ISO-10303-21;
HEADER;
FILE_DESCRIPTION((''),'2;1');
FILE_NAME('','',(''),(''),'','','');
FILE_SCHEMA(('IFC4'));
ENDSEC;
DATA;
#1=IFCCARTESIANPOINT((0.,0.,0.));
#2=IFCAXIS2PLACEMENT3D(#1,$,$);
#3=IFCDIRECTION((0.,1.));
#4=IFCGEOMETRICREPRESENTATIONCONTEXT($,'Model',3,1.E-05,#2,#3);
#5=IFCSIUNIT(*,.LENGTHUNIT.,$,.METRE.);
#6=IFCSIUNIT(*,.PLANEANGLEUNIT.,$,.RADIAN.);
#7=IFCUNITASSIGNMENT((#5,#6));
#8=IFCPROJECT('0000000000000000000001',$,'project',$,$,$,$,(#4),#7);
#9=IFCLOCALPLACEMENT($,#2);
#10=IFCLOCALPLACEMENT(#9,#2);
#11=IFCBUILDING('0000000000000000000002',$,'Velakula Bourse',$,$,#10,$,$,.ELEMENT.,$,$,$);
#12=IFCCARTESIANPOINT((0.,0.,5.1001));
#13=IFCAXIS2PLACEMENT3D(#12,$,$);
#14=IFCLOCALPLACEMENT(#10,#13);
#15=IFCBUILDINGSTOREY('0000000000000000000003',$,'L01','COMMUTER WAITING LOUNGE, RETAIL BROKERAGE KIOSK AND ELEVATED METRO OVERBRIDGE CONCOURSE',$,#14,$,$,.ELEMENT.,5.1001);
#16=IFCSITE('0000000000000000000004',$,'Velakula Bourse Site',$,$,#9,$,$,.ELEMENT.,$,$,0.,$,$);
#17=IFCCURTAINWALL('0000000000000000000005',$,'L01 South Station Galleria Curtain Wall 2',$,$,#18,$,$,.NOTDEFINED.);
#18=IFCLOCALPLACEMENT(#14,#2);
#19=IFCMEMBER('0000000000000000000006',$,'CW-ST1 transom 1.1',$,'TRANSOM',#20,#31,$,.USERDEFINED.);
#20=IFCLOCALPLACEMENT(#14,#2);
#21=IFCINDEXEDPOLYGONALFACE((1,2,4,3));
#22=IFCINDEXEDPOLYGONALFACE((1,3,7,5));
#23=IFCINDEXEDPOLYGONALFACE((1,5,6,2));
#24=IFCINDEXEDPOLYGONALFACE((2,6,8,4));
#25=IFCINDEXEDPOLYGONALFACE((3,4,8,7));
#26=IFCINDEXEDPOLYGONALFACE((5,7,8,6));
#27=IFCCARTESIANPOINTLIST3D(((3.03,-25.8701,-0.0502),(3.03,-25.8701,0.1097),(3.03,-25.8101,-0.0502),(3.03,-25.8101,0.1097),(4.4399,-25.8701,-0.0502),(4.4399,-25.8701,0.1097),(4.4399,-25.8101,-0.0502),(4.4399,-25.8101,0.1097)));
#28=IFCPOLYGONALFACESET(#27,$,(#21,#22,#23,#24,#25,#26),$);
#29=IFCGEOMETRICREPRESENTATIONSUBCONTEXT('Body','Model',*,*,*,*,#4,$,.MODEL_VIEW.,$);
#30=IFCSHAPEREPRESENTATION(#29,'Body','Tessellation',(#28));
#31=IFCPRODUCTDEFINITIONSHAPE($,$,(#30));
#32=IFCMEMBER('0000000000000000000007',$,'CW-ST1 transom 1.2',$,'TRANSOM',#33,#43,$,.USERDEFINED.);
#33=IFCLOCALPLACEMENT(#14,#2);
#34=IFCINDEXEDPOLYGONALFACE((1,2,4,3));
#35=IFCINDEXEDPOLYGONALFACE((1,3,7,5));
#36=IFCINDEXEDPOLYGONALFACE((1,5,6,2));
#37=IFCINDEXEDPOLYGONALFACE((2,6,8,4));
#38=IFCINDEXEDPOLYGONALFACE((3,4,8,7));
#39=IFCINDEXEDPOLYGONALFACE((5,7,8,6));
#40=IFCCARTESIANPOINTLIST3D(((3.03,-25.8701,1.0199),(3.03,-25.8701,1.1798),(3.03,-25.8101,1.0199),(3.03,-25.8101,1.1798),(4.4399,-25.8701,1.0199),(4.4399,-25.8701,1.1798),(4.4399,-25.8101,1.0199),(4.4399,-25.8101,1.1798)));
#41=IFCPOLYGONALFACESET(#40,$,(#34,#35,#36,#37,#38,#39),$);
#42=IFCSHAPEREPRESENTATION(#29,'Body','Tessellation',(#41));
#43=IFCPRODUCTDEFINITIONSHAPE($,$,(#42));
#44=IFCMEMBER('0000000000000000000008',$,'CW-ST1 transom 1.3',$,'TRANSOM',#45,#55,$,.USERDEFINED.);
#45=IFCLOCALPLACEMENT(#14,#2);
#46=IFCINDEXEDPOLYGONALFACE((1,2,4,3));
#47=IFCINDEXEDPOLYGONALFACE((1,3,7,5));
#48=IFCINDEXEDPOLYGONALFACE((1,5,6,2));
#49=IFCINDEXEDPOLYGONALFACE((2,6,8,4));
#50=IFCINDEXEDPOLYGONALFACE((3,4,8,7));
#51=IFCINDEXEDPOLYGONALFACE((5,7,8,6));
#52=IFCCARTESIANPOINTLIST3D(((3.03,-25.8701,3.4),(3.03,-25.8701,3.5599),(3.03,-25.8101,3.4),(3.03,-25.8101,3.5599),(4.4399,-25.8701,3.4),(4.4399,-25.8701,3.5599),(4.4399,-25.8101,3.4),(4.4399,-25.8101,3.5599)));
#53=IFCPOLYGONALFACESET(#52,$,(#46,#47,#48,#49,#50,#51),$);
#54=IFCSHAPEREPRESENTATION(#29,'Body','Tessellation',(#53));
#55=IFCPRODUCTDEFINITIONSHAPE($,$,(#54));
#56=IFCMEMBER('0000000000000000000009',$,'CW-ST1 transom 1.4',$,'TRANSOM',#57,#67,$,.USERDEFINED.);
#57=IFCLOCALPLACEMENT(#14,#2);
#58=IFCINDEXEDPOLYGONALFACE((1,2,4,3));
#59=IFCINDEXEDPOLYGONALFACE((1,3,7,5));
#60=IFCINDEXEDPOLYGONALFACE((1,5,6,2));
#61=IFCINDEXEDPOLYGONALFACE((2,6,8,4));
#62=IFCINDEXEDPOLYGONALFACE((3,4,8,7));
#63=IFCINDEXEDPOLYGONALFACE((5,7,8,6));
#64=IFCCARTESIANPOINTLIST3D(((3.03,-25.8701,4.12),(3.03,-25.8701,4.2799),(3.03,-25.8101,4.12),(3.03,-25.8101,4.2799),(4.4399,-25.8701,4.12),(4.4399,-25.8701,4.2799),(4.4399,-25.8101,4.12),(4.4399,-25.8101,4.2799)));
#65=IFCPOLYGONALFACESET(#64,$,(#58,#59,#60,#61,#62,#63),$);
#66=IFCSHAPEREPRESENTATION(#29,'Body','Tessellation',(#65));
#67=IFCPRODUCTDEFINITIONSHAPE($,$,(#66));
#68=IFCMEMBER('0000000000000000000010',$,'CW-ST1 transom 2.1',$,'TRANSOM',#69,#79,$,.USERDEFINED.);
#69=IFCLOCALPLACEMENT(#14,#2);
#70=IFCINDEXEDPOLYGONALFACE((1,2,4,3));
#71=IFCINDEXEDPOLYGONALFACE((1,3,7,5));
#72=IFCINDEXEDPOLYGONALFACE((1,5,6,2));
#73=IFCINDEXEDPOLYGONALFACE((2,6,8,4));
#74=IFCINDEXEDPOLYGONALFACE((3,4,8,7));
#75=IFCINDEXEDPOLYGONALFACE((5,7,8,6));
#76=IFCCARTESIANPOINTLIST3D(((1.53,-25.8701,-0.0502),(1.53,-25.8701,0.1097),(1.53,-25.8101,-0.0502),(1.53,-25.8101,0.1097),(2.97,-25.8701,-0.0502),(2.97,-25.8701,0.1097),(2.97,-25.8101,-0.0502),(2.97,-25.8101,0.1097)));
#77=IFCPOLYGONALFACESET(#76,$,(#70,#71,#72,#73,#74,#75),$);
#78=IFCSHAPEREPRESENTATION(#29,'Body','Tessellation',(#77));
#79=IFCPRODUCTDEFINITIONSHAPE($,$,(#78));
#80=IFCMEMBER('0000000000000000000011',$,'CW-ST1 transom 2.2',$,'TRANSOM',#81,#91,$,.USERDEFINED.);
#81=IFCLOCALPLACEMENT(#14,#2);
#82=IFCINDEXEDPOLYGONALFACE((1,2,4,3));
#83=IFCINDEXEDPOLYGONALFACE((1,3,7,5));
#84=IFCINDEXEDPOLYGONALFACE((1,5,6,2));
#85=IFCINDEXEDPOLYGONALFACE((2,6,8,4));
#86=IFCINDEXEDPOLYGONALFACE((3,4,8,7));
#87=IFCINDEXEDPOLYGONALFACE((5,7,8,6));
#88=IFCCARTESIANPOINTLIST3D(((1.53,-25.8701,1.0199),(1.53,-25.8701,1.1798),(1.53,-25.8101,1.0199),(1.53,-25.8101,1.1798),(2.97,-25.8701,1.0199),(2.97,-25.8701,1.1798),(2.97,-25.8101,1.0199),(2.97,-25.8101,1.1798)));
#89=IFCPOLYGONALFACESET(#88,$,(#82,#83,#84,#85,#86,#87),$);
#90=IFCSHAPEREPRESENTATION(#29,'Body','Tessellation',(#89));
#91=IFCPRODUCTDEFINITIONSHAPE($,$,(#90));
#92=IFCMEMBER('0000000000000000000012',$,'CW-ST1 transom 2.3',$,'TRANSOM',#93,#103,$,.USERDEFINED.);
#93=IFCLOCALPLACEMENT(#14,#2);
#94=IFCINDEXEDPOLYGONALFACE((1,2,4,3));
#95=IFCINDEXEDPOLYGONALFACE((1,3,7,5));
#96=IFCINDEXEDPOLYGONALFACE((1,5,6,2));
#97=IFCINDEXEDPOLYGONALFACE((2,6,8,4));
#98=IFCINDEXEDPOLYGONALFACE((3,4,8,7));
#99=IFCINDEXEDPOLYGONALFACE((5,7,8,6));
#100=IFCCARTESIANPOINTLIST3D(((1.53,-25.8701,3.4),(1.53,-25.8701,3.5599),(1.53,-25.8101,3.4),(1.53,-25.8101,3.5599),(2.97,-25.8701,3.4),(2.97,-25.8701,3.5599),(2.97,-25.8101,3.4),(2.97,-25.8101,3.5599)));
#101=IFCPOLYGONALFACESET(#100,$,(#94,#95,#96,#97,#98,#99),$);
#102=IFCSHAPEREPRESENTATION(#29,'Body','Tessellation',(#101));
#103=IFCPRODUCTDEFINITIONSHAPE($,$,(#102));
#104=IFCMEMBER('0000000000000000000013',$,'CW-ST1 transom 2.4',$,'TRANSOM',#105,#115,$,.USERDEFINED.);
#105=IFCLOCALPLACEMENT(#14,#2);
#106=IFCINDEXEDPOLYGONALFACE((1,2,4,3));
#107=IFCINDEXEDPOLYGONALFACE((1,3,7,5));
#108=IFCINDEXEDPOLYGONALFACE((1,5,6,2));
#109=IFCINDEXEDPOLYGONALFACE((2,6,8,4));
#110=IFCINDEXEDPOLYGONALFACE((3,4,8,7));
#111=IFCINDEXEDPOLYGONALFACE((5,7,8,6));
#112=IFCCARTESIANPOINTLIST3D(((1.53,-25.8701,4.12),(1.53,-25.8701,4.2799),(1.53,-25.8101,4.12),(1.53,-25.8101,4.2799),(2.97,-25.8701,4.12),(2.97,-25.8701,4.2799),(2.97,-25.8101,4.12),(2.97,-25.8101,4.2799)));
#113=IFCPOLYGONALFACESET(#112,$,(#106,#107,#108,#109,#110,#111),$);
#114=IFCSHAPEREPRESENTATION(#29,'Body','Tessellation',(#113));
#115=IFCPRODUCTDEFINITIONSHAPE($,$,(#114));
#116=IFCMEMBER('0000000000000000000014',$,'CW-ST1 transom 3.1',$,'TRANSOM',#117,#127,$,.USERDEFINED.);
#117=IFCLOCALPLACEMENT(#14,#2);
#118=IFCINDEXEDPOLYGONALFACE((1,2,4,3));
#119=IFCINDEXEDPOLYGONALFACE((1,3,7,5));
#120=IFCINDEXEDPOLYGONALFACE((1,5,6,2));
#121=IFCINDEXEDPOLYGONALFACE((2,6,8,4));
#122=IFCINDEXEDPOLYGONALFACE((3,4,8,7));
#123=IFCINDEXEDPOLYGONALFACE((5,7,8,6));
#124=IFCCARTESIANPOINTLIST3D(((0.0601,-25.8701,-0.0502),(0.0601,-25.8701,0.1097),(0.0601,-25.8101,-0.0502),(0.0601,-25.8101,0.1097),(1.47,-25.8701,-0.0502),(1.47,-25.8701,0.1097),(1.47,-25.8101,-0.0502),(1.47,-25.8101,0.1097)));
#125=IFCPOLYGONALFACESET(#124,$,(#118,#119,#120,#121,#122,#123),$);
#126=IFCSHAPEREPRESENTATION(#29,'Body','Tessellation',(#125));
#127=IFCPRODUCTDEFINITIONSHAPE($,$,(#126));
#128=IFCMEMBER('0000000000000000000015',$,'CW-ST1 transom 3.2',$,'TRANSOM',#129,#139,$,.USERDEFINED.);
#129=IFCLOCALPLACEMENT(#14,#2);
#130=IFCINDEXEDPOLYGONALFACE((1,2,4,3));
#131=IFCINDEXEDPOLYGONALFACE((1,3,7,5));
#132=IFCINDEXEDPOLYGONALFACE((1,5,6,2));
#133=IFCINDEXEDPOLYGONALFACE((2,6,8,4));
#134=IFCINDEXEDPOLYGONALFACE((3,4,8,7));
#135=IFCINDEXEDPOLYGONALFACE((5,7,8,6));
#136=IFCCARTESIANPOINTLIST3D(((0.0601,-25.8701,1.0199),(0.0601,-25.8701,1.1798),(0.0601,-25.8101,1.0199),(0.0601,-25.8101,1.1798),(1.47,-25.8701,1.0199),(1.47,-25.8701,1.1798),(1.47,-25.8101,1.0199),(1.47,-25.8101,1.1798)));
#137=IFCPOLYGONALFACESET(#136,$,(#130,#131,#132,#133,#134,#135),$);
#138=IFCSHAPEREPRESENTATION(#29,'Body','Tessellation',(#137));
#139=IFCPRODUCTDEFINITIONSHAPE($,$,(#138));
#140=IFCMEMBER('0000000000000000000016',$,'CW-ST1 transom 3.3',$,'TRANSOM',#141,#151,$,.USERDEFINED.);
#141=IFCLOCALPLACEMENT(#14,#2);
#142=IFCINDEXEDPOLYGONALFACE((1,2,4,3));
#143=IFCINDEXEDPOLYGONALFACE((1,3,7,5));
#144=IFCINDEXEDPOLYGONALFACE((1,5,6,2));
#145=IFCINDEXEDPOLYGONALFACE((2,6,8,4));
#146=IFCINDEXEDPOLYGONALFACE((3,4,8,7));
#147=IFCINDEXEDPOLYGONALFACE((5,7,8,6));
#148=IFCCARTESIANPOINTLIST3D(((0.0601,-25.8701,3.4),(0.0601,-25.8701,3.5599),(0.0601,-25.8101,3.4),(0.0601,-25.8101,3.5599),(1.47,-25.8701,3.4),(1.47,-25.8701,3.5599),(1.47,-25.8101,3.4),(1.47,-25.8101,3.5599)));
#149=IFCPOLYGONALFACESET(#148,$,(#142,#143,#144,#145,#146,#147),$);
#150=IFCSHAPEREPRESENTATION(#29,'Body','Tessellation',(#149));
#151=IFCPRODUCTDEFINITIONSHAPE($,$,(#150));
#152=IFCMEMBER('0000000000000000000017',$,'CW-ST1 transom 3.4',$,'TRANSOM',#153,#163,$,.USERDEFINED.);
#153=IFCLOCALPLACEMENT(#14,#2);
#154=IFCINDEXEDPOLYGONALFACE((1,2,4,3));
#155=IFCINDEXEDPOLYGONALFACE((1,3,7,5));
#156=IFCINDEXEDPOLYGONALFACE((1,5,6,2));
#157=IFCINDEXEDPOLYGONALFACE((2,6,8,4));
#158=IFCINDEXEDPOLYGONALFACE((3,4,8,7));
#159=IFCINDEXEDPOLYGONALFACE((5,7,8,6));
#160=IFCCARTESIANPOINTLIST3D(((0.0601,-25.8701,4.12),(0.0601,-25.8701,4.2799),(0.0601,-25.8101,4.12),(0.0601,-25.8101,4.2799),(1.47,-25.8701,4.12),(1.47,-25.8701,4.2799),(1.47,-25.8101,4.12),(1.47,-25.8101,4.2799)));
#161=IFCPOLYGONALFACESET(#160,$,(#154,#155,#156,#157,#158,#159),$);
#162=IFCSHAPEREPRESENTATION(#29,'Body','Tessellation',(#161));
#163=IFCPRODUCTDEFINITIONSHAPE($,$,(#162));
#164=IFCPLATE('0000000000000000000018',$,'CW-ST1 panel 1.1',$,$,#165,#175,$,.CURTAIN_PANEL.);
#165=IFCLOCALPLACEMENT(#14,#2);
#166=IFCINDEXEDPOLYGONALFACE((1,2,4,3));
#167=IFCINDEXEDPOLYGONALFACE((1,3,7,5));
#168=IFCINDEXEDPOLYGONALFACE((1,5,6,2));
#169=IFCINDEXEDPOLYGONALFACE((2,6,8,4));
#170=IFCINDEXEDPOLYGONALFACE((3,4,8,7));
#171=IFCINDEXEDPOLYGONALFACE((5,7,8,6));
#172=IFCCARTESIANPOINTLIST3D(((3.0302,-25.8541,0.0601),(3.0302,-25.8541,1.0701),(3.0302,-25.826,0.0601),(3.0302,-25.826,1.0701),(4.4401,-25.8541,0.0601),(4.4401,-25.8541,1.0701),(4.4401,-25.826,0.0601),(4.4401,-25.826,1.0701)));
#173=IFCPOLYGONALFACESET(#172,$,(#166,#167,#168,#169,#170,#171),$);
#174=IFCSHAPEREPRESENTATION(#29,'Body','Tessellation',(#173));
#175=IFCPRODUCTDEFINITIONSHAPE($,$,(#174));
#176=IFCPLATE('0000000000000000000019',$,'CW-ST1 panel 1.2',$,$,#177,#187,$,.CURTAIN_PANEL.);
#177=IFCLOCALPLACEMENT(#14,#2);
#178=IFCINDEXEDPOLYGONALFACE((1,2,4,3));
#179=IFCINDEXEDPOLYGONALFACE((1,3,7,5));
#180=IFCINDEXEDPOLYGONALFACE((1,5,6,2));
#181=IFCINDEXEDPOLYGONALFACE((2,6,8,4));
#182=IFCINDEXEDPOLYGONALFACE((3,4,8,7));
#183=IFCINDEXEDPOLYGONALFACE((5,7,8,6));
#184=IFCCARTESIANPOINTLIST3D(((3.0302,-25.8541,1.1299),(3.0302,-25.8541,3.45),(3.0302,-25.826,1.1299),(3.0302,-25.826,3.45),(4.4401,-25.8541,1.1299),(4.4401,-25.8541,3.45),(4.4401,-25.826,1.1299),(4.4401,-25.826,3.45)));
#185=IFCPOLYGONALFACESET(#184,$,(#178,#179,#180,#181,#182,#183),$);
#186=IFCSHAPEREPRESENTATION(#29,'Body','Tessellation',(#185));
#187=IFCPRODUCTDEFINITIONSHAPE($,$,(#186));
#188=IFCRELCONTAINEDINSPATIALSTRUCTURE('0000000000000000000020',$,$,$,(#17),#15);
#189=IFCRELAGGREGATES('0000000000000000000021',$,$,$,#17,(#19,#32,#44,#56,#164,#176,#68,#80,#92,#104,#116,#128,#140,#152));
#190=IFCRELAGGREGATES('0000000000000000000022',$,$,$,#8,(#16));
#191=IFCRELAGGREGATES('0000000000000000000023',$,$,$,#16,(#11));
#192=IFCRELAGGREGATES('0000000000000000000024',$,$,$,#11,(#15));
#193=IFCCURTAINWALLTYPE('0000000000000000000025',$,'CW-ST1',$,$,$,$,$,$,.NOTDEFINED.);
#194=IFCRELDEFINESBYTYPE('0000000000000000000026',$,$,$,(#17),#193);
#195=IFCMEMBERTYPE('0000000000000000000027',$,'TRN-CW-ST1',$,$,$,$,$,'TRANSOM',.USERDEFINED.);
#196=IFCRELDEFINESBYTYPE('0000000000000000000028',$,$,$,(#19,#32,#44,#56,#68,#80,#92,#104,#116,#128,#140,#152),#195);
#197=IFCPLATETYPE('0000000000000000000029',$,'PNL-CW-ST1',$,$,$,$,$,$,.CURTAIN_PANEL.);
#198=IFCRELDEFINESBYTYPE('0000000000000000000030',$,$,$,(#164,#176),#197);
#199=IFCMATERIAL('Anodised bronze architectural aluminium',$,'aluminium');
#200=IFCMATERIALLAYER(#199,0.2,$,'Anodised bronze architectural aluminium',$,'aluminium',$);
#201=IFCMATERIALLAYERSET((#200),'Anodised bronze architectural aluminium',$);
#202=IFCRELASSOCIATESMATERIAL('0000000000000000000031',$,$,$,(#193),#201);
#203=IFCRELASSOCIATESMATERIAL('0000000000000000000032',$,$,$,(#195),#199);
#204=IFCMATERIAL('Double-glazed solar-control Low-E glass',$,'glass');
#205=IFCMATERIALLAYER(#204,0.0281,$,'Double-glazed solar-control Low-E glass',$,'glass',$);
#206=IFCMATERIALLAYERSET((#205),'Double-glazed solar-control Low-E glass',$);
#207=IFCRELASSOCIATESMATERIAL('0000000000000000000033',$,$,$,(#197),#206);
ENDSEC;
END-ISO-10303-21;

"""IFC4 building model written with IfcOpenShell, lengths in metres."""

from ifc_helpers import new_model, si_unit, direction, frame, origin, origin_2d, place, context, subcontext, project, spatial, rectangle, extrude, material, layer, layer_set, material_profile, profile_set, type_object, element, aggregate, save


model = new_model("IFC4")

# Units and contexts
model_context = context("Model", 3, precision=1e-05, world=origin(), true_north=direction((0.0, 1.0)))
body_context = subcontext(model_context, "Body", "Model", "MODEL_VIEW")
ifc_project = project(units=[si_unit("LENGTHUNIT", "METRE"), si_unit("PLANEANGLEUNIT", "RADIAN")], contexts=[model_context])

# Site, building, storey
site_placement = place(None, origin())
site = spatial("IfcSite", under=ifc_project, at=site_placement, Name="Velakula Bourse Site", CompositionType="ELEMENT", RefElevation=0.0)
building_placement = place(site_placement, origin())
building = spatial("IfcBuilding", under=site, at=building_placement, Name="Velakula Bourse", CompositionType="ELEMENT")
storey_placement = place(building_placement, frame((0.0, 0.0, 5.1001)))
storey = spatial("IfcBuildingStorey", under=building, at=storey_placement, Name="L01", Description="COMMUTER WAITING LOUNGE, RETAIL BROKERAGE KIOSK AND ELEVATED METRO OVERBRIDGE CONCOURSE", CompositionType="ELEMENT", Elevation=5.1001)

# Curtain wall, members, plates
ifc_material_1 = material(Name="Anodised bronze architectural aluminium", Category="aluminium")
ifc_layer_1 = layer(ifc_material_1, 0.2, Name="Anodised bronze architectural aluminium", Category="aluminium")
ifc_layer_set_1 = layer_set([ifc_layer_1], Name="Anodised bronze architectural aluminium")
curtain_wall_type = type_object("IfcCurtainWallType", Name="CW-ST1", PredefinedType="NOTDEFINED", material=ifc_layer_set_1)
curtain_wall_placement = place(storey_placement, origin())
curtain_wall = element("IfcCurtainWall", 1, at=curtain_wall_placement, inside=storey, type_object=curtain_wall_type, Name="L01 South Station Galleria Curtain Wall 2", PredefinedType="NOTDEFINED")
ifc_material_profile_1 = material_profile(ifc_material_1, rectangle(XDim=0.0601, YDim=0.1599, at=origin_2d()), Name="Anodised bronze architectural aluminium")
ifc_profile_set_1 = profile_set([ifc_material_profile_1], Name="Anodised bronze architectural aluminium")
member_type_1 = type_object("IfcMemberType", Name="TRN-CW-ST1", ElementType="TRANSOM", PredefinedType="USERDEFINED", material=ifc_profile_set_1)
member_1_placement = place(storey_placement, frame((4.4399, -25.8401, 0.0298), z_axis=(-1.0, 0.0, 0.0), x_axis=(0.0, -1.0, 0.0)))
member_1 = element("IfcMember", 2, at=member_1_placement, type_object=member_type_1, Name="CW-ST1 transom 1.1", ObjectType="TRANSOM", PredefinedType="USERDEFINED", context=body_context, shape_type="SweptSolid", body=[
    extrude(rectangle(XDim=0.0601, YDim=0.1599, at=origin_2d()), origin(), (0.0, 0.0, 1.0), 1.4099),
])
member_2_placement = place(storey_placement, frame((4.4399, -25.8401, 1.0999), z_axis=(-1.0, 0.0, 0.0), x_axis=(0.0, -1.0, 0.0)))
member_2 = element("IfcMember", 3, at=member_2_placement, type_object=member_type_1, Name="CW-ST1 transom 1.2", ObjectType="TRANSOM", PredefinedType="USERDEFINED", context=body_context, shape_type="SweptSolid", body=[
    extrude(rectangle(XDim=0.0601, YDim=0.1599, at=origin_2d()), origin(), (0.0, 0.0, 1.0), 1.4099),
])
member_3_placement = place(storey_placement, frame((4.4399, -25.8401, 3.48), z_axis=(-1.0, 0.0, 0.0), x_axis=(0.0, -1.0, 0.0)))
member_3 = element("IfcMember", 4, at=member_3_placement, type_object=member_type_1, Name="CW-ST1 transom 1.3", ObjectType="TRANSOM", PredefinedType="USERDEFINED", context=body_context, shape_type="SweptSolid", body=[
    extrude(rectangle(XDim=0.0601, YDim=0.1599, at=origin_2d()), origin(), (0.0, 0.0, 1.0), 1.4099),
])
member_4_placement = place(storey_placement, frame((4.4399, -25.8401, 4.2), z_axis=(-1.0, 0.0, 0.0), x_axis=(0.0, -1.0, 0.0)))
member_4 = element("IfcMember", 5, at=member_4_placement, type_object=member_type_1, Name="CW-ST1 transom 1.4", ObjectType="TRANSOM", PredefinedType="USERDEFINED", context=body_context, shape_type="SweptSolid", body=[
    extrude(rectangle(XDim=0.0601, YDim=0.1599, at=origin_2d()), origin(), (0.0, 0.0, 1.0), 1.4099),
])
member_5_placement = place(storey_placement, frame((2.97, -25.8401, 0.0298), z_axis=(-1.0, 0.0, 0.0), x_axis=(0.0, -1.0, 0.0)))
member_5 = element("IfcMember", 6, at=member_5_placement, type_object=member_type_1, Name="CW-ST1 transom 2.1", ObjectType="TRANSOM", PredefinedType="USERDEFINED", context=body_context, shape_type="SweptSolid", body=[
    extrude(rectangle(XDim=0.0601, YDim=0.1599, at=origin_2d()), origin(), (0.0, 0.0, 1.0), 1.4399),
])
member_6_placement = place(storey_placement, frame((2.97, -25.8401, 1.0999), z_axis=(-1.0, 0.0, 0.0), x_axis=(0.0, -1.0, 0.0)))
member_6 = element("IfcMember", 7, at=member_6_placement, type_object=member_type_1, Name="CW-ST1 transom 2.2", ObjectType="TRANSOM", PredefinedType="USERDEFINED", context=body_context, shape_type="SweptSolid", body=[
    extrude(rectangle(XDim=0.0601, YDim=0.1599, at=origin_2d()), origin(), (0.0, 0.0, 1.0), 1.4399),
])
member_7_placement = place(storey_placement, frame((2.97, -25.8401, 3.48), z_axis=(-1.0, 0.0, 0.0), x_axis=(0.0, -1.0, 0.0)))
member_7 = element("IfcMember", 8, at=member_7_placement, type_object=member_type_1, Name="CW-ST1 transom 2.3", ObjectType="TRANSOM", PredefinedType="USERDEFINED", context=body_context, shape_type="SweptSolid", body=[
    extrude(rectangle(XDim=0.0601, YDim=0.1599, at=origin_2d()), origin(), (0.0, 0.0, 1.0), 1.4399),
])
member_8_placement = place(storey_placement, frame((2.97, -25.8401, 4.2), z_axis=(-1.0, 0.0, 0.0), x_axis=(0.0, -1.0, 0.0)))
member_8 = element("IfcMember", 9, at=member_8_placement, type_object=member_type_1, Name="CW-ST1 transom 2.4", ObjectType="TRANSOM", PredefinedType="USERDEFINED", context=body_context, shape_type="SweptSolid", body=[
    extrude(rectangle(XDim=0.0601, YDim=0.1599, at=origin_2d()), origin(), (0.0, 0.0, 1.0), 1.4399),
])
member_9_placement = place(storey_placement, frame((1.47, -25.8401, 0.0298), z_axis=(-1.0, 0.0, 0.0), x_axis=(0.0, -1.0, 0.0)))
member_9 = element("IfcMember", 10, at=member_9_placement, type_object=member_type_1, Name="CW-ST1 transom 3.1", ObjectType="TRANSOM", PredefinedType="USERDEFINED", context=body_context, shape_type="SweptSolid", body=[
    extrude(rectangle(XDim=0.0601, YDim=0.1599, at=origin_2d()), origin(), (0.0, 0.0, 1.0), 1.4099),
])
member_10_placement = place(storey_placement, frame((1.47, -25.8401, 1.0999), z_axis=(-1.0, 0.0, 0.0), x_axis=(0.0, -1.0, 0.0)))
member_10 = element("IfcMember", 11, at=member_10_placement, type_object=member_type_1, Name="CW-ST1 transom 3.2", ObjectType="TRANSOM", PredefinedType="USERDEFINED", context=body_context, shape_type="SweptSolid", body=[
    extrude(rectangle(XDim=0.0601, YDim=0.1599, at=origin_2d()), origin(), (0.0, 0.0, 1.0), 1.4099),
])
member_11_placement = place(storey_placement, frame((1.47, -25.8401, 3.48), z_axis=(-1.0, 0.0, 0.0), x_axis=(0.0, -1.0, 0.0)))
member_11 = element("IfcMember", 12, at=member_11_placement, type_object=member_type_1, Name="CW-ST1 transom 3.3", ObjectType="TRANSOM", PredefinedType="USERDEFINED", context=body_context, shape_type="SweptSolid", body=[
    extrude(rectangle(XDim=0.0601, YDim=0.1599, at=origin_2d()), origin(), (0.0, 0.0, 1.0), 1.4099),
])
member_12_placement = place(storey_placement, frame((1.47, -25.8401, 4.2), z_axis=(-1.0, 0.0, 0.0), x_axis=(0.0, -1.0, 0.0)))
member_12 = element("IfcMember", 13, at=member_12_placement, type_object=member_type_1, Name="CW-ST1 transom 3.4", ObjectType="TRANSOM", PredefinedType="USERDEFINED", context=body_context, shape_type="SweptSolid", body=[
    extrude(rectangle(XDim=0.0601, YDim=0.1599, at=origin_2d()), origin(), (0.0, 0.0, 1.0), 1.4099),
])
ifc_material_2 = material(Name="Double-glazed solar-control Low-E glass", Category="glass")
ifc_layer_2 = layer(ifc_material_2, 0.0281, Name="Double-glazed solar-control Low-E glass", Category="glass")
ifc_layer_set_2 = layer_set([ifc_layer_2], Name="Double-glazed solar-control Low-E glass")
plate_type = type_object("IfcPlateType", Name="PNL-CW-ST1", PredefinedType="CURTAIN_PANEL", material=ifc_layer_set_2)
plate_1_placement = place(storey_placement, frame((3.7351, -25.8401, 0.0601), z_axis=(0.0, 0.0, 1.0), x_axis=(-1.0, 0.0, 0.0)))
plate_1 = element("IfcPlate", 14, at=plate_1_placement, type_object=plate_type, Name="CW-ST1 panel 1.1", PredefinedType="CURTAIN_PANEL", context=body_context, shape_type="SweptSolid", body=[
    extrude(rectangle(XDim=1.4099, YDim=0.0281, at=origin_2d()), origin(), (0.0, 0.0, 1.0), 1.01),
])
plate_2_placement = place(storey_placement, frame((3.7351, -25.8401, 1.1299), z_axis=(0.0, 0.0, 1.0), x_axis=(-1.0, 0.0, 0.0)))
plate_2 = element("IfcPlate", 15, at=plate_2_placement, type_object=plate_type, Name="CW-ST1 panel 1.2", PredefinedType="CURTAIN_PANEL", context=body_context, shape_type="SweptSolid", body=[
    extrude(rectangle(XDim=1.4099, YDim=0.0281, at=origin_2d()), origin(), (0.0, 0.0, 1.0), 2.3201),
])
aggregate(curtain_wall, [member_1, member_2, member_3, member_4, plate_1, plate_2, member_5, member_6, member_7, member_8, member_9, member_10, member_11, member_12])

save(model, "model.ifc")
